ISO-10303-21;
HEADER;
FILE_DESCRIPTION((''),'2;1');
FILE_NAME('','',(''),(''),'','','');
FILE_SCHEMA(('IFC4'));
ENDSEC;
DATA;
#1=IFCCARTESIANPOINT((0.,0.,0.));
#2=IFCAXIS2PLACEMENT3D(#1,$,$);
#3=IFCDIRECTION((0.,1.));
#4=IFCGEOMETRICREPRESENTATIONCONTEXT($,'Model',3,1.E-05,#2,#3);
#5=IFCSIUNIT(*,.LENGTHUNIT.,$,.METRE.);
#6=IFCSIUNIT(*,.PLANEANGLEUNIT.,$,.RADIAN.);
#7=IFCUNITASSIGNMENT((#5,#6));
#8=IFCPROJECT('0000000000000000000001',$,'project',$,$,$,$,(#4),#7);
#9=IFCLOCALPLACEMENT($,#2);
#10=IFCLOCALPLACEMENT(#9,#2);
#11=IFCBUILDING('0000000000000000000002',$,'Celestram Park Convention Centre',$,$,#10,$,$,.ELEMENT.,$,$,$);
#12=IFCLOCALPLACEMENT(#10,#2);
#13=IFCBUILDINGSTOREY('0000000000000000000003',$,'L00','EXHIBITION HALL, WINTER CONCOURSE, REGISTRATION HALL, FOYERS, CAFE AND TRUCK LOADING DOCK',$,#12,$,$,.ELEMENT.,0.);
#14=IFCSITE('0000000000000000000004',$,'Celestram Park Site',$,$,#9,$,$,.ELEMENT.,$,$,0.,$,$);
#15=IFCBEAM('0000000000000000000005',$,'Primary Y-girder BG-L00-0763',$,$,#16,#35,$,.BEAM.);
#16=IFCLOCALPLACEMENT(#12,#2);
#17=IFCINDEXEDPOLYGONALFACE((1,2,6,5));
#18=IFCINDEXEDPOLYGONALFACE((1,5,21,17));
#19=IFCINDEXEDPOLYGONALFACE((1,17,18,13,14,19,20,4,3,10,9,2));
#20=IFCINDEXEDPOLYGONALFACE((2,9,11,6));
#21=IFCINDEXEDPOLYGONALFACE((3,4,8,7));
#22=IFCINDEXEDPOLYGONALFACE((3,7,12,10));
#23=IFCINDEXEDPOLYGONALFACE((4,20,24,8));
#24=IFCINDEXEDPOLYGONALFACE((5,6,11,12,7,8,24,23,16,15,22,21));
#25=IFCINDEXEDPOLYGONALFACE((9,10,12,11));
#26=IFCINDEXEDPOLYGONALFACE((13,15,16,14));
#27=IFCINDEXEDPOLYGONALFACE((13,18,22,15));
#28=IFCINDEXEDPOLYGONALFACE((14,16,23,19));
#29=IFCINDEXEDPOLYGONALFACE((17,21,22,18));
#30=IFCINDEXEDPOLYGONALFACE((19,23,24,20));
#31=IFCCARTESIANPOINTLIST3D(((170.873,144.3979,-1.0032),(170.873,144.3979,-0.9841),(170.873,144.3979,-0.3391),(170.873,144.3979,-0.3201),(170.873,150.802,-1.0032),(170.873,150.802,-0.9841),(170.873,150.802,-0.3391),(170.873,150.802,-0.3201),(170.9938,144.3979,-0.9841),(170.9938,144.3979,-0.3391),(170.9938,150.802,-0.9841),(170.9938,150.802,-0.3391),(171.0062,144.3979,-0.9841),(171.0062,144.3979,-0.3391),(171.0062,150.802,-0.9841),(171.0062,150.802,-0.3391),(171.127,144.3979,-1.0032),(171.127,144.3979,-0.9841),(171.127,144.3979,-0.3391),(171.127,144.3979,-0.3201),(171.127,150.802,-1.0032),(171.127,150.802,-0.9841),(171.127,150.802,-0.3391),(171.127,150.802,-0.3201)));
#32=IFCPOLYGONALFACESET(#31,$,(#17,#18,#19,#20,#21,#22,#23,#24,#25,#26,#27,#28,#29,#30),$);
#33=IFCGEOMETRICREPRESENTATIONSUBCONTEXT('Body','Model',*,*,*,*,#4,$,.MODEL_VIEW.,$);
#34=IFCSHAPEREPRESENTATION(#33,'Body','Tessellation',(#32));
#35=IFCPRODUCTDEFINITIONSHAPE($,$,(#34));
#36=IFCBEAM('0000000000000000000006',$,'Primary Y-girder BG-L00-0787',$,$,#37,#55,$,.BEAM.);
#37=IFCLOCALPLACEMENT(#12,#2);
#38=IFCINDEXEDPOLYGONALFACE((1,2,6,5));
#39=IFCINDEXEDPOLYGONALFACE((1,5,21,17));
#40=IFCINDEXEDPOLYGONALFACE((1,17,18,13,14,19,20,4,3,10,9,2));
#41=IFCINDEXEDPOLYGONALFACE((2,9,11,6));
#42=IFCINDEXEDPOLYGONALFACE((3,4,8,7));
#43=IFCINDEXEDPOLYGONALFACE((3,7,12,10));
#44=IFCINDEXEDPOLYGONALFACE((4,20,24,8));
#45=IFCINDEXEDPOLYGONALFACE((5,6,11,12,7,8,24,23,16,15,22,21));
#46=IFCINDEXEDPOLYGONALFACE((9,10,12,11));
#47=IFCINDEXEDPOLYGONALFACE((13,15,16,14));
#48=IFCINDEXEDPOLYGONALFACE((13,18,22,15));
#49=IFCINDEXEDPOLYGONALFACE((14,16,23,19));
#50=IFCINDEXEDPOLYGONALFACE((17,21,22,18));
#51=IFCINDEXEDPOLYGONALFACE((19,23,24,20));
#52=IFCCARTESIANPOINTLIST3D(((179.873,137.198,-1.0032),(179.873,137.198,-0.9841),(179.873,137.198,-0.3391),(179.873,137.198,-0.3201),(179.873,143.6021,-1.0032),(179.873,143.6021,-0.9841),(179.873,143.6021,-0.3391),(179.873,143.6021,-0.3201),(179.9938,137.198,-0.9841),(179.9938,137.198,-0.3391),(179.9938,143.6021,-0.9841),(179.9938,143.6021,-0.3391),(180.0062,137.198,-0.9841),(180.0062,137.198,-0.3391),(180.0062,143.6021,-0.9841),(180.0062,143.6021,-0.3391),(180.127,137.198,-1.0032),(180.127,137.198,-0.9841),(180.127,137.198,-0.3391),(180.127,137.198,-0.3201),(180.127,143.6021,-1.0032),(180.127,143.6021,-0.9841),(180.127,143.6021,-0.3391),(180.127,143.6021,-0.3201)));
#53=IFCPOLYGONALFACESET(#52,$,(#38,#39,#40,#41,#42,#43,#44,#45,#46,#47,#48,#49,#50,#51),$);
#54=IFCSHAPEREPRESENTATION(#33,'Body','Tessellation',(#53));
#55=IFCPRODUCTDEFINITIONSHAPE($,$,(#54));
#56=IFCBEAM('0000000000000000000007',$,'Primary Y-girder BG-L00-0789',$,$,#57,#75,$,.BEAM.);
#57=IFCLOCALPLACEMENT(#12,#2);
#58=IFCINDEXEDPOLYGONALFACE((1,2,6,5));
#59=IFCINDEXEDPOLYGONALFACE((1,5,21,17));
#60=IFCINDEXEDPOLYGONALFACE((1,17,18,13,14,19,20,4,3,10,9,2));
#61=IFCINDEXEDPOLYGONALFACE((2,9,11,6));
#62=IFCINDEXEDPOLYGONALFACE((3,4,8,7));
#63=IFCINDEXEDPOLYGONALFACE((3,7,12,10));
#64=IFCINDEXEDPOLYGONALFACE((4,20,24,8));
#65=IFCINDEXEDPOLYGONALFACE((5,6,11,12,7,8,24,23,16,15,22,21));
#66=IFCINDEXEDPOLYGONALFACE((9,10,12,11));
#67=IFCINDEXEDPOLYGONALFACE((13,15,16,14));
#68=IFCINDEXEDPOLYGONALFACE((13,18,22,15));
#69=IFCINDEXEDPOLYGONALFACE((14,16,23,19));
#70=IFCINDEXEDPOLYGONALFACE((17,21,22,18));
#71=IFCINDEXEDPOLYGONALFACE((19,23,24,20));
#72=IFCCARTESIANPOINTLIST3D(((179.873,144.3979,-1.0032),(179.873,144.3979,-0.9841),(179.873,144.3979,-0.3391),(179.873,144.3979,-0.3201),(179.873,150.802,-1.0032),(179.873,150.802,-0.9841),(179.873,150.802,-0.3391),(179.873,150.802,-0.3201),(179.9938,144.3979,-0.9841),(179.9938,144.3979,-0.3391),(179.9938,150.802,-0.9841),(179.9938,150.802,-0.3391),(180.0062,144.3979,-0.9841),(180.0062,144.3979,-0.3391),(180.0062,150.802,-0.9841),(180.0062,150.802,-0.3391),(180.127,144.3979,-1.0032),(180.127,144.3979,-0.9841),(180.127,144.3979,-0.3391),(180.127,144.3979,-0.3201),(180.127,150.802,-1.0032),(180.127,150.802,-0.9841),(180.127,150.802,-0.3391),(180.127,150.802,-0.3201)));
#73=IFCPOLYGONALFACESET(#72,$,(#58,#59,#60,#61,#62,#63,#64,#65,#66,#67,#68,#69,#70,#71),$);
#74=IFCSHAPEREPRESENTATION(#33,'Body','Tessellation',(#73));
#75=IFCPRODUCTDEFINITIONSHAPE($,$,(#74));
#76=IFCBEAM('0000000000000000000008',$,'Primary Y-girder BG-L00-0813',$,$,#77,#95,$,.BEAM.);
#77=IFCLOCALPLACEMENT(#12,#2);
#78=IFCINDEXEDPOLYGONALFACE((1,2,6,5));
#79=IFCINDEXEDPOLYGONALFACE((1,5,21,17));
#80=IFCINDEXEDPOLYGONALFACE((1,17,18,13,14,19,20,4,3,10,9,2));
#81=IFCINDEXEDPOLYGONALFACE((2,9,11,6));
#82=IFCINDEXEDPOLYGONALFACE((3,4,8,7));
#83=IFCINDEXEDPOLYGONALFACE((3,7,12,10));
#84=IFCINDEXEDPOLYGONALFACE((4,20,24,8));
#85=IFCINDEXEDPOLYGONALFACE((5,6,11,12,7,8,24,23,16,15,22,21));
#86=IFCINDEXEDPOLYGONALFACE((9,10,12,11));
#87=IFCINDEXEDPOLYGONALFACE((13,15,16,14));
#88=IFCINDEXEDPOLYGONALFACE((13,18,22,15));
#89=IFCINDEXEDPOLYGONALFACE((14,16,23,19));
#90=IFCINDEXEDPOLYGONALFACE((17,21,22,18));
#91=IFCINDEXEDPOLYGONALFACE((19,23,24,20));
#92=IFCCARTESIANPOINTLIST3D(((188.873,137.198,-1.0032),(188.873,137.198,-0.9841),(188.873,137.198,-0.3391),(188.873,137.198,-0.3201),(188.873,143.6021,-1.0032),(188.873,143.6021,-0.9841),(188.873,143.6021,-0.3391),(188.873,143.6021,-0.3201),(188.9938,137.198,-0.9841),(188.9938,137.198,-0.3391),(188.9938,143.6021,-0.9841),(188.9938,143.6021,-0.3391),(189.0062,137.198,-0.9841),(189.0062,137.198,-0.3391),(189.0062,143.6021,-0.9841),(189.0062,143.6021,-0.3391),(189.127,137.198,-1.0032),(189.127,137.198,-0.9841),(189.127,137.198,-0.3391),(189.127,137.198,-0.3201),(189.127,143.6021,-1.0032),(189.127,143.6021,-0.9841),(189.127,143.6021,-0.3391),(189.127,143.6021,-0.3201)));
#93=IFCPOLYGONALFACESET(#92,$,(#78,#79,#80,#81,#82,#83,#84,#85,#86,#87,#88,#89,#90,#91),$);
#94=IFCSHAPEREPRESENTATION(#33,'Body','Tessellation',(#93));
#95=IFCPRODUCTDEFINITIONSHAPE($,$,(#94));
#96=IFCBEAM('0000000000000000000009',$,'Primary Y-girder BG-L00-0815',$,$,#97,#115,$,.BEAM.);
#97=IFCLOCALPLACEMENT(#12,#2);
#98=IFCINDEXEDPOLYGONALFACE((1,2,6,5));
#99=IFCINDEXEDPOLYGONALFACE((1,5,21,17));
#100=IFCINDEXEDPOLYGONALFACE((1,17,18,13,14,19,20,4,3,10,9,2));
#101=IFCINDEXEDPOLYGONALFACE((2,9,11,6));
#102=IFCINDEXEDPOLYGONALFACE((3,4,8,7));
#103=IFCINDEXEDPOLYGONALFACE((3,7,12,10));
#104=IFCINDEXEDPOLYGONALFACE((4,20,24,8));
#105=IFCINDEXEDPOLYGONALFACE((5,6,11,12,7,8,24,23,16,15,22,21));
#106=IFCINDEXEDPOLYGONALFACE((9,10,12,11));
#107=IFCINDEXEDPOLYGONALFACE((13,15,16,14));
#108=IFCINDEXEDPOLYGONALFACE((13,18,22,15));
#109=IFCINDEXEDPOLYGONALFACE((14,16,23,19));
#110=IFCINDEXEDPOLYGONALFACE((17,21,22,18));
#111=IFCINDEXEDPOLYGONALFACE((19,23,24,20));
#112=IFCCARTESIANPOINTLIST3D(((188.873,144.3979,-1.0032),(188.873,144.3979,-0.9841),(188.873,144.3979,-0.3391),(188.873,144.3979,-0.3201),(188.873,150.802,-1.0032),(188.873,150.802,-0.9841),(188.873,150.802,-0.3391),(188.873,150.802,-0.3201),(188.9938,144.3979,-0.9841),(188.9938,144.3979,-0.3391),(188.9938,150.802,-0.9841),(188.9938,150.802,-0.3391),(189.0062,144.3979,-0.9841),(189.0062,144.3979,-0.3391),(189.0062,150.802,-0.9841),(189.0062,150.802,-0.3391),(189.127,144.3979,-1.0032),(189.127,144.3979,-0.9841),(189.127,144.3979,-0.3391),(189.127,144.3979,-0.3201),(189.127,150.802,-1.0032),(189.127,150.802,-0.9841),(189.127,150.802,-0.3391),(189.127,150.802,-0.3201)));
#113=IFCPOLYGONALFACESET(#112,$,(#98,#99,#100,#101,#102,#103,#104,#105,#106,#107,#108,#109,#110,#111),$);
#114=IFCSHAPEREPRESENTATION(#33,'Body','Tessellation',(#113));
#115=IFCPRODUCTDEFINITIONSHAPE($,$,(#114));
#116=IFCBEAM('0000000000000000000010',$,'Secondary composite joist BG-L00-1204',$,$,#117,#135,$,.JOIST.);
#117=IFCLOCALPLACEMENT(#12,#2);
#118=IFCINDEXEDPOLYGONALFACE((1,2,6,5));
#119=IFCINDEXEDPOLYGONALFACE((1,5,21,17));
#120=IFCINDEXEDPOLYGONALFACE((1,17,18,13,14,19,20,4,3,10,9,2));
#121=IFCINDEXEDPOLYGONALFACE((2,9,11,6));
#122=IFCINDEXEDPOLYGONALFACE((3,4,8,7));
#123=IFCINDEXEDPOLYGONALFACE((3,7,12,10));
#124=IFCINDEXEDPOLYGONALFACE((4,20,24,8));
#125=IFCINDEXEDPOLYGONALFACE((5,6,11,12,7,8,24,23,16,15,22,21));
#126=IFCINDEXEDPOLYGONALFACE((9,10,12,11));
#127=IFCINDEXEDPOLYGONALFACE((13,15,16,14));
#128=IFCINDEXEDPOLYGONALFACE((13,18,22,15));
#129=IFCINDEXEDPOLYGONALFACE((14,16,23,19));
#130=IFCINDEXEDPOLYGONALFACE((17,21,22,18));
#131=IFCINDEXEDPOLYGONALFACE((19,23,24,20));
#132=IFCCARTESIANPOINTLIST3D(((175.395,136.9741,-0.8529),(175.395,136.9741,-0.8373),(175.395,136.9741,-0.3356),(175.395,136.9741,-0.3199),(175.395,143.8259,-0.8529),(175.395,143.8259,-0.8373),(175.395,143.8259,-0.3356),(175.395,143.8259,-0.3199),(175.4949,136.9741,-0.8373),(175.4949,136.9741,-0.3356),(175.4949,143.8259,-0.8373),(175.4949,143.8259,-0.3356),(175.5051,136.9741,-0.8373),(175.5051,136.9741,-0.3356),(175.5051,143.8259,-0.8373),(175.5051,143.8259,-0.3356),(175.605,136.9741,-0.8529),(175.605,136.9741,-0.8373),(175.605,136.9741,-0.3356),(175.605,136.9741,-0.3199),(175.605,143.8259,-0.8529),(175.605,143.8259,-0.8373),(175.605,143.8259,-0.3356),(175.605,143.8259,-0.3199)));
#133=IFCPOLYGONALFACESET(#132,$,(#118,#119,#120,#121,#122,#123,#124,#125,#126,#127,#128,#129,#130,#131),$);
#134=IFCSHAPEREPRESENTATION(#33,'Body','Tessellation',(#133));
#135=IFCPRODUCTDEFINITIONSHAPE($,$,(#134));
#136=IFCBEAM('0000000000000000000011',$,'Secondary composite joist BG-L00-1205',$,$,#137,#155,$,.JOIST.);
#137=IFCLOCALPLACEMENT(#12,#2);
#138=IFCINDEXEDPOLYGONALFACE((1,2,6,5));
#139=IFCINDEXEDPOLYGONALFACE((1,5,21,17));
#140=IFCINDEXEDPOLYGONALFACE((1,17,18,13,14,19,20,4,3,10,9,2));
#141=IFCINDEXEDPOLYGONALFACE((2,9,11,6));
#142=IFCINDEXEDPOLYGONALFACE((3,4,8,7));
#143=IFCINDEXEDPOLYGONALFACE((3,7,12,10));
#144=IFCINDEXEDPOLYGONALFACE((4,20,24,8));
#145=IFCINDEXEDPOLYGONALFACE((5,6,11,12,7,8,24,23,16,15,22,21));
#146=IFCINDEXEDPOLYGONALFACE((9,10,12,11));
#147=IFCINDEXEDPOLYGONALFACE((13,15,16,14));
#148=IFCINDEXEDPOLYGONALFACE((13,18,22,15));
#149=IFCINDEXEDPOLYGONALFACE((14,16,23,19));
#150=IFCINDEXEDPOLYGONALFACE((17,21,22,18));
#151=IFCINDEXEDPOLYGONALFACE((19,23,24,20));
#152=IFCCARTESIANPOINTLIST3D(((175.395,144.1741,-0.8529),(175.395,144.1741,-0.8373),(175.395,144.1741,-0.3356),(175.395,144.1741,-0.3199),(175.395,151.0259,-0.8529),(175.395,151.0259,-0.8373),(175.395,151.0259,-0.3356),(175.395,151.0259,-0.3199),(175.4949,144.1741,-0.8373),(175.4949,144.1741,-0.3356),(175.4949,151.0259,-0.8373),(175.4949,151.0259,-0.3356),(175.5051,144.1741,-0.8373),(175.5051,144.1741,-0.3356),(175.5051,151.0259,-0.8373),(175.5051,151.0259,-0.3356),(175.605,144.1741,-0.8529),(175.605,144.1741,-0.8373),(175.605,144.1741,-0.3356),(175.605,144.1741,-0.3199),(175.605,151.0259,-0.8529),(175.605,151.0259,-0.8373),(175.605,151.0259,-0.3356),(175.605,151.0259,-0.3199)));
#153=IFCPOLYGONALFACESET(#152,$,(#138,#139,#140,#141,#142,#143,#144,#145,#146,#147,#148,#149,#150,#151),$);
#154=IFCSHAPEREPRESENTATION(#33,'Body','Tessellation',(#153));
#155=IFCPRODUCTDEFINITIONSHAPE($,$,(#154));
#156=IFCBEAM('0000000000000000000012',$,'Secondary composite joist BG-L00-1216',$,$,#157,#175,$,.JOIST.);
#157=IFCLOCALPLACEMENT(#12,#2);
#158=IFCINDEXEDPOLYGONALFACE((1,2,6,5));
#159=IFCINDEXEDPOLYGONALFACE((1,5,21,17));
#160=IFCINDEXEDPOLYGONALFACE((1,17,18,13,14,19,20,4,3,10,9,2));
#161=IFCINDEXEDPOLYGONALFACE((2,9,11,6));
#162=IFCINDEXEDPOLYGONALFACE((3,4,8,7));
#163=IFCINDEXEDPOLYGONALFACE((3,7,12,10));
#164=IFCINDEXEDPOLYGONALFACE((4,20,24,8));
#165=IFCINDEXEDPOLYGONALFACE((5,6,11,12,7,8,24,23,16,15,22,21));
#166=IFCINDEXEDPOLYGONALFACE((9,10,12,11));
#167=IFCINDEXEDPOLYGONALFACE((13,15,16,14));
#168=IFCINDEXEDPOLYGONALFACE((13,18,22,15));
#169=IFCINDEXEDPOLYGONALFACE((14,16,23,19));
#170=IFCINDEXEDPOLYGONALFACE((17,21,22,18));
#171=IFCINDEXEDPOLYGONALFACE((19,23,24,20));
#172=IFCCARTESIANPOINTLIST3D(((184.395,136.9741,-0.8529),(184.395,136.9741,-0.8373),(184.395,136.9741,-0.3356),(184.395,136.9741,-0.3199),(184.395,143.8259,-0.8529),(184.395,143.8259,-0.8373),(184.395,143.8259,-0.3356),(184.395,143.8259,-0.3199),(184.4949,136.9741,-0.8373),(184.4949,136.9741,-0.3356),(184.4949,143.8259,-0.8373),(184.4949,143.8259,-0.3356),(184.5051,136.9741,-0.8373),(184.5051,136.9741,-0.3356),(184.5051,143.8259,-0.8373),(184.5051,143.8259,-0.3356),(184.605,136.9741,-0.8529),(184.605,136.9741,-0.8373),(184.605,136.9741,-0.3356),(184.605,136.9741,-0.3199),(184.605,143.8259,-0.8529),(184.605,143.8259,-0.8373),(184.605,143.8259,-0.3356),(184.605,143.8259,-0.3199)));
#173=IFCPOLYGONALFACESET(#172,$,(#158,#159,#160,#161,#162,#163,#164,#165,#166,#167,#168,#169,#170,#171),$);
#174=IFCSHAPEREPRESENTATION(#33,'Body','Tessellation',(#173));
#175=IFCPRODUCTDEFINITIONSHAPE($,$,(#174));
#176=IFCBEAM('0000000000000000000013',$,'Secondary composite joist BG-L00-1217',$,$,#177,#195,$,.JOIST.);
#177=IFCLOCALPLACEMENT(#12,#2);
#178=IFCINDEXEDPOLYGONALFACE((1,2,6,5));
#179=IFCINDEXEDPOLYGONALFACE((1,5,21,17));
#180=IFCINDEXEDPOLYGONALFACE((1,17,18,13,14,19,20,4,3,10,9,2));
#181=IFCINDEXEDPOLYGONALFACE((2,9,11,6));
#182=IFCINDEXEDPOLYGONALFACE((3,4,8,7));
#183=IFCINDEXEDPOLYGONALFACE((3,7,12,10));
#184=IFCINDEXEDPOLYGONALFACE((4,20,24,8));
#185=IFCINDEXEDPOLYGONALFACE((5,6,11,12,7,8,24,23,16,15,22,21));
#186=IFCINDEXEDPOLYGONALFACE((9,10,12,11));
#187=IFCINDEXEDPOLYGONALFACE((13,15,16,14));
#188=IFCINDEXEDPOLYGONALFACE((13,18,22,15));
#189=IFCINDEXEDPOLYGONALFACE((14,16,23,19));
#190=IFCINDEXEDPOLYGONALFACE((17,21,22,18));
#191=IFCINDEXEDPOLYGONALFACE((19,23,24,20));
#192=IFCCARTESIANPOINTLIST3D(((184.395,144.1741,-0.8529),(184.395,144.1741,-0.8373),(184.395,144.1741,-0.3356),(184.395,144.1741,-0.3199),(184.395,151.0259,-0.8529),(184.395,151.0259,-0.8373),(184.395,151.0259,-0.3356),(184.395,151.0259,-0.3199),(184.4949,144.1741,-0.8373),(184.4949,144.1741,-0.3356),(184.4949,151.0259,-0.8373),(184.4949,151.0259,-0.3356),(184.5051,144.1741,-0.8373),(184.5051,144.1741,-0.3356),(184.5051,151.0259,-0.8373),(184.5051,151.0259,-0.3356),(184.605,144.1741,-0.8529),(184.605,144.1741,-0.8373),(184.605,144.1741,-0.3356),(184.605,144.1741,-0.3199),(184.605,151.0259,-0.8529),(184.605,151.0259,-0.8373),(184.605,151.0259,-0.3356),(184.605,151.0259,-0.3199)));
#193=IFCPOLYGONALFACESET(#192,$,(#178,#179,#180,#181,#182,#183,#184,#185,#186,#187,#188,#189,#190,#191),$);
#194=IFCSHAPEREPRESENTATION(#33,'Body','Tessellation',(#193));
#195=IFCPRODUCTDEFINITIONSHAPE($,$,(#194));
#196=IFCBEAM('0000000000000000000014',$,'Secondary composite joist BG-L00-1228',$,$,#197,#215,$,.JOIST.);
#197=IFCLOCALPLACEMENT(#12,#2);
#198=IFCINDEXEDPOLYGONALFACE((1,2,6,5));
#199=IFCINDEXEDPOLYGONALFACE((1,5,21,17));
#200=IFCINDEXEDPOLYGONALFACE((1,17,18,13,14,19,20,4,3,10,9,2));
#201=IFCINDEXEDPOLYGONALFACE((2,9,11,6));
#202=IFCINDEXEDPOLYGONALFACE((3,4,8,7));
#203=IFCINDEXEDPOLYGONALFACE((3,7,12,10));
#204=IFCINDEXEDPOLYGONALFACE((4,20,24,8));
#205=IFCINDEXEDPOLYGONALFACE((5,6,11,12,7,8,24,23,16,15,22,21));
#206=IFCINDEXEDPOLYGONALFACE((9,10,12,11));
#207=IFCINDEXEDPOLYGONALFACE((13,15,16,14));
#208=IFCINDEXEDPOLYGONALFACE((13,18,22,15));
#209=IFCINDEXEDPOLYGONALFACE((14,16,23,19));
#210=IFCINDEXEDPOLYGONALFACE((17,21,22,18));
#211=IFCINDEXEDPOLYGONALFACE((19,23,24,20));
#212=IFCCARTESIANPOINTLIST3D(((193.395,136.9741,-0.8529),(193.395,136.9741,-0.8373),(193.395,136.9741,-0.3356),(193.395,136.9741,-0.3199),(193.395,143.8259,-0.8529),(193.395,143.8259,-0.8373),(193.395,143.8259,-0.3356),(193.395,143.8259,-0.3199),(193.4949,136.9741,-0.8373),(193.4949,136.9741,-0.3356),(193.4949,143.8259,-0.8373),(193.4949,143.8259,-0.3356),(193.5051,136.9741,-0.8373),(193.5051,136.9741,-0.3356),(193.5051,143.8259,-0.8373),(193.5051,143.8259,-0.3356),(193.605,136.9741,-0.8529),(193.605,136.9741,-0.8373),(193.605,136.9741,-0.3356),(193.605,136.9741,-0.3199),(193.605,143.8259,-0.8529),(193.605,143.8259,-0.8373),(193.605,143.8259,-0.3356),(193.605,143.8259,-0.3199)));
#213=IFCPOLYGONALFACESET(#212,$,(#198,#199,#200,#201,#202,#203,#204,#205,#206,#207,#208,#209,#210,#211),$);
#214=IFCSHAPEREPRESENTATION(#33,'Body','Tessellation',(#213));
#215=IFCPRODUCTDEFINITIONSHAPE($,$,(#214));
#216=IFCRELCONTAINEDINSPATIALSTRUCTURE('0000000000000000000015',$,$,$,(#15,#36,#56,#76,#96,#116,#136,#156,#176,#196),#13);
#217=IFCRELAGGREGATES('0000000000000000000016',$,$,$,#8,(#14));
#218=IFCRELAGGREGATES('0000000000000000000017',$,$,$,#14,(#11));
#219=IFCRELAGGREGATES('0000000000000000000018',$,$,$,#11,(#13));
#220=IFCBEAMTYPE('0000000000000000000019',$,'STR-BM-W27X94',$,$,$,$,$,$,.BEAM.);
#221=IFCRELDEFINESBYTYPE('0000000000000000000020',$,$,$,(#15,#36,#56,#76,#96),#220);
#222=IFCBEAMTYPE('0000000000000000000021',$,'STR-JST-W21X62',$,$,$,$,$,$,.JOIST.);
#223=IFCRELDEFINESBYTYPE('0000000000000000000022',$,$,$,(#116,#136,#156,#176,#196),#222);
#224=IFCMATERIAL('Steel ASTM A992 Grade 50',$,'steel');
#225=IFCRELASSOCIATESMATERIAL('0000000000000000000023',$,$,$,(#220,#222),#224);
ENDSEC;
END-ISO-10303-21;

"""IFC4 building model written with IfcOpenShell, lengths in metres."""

from ifc_helpers import new_model, si_unit, direction, frame, origin, origin_2d, place, context, subcontext, project, spatial, i_section, extrude, material, material_profile, profile_set, type_object, element, save


model = new_model("IFC4")

# Units and contexts
model_context = context("Model", 3, precision=1e-05, world=origin(), true_north=direction((0.0, 1.0)))
body_context = subcontext(model_context, "Body", "Model", "MODEL_VIEW")
ifc_project = project(units=[si_unit("LENGTHUNIT", "METRE"), si_unit("PLANEANGLEUNIT", "RADIAN")], contexts=[model_context])

# Site, building, storey
site_placement = place(None, origin())
site = spatial("IfcSite", under=ifc_project, at=site_placement, Name="Celestram Park Site", CompositionType="ELEMENT", RefElevation=0.0)
building_placement = place(site_placement, origin())
building = spatial("IfcBuilding", under=site, at=building_placement, Name="Celestram Park Convention Centre", CompositionType="ELEMENT")
storey_placement = place(building_placement, origin())
storey = spatial("IfcBuildingStorey", under=building, at=storey_placement, Name="L00", Description="EXHIBITION HALL, WINTER CONCOURSE, REGISTRATION HALL, FOYERS, CAFE AND TRUCK LOADING DOCK", CompositionType="ELEMENT", Elevation=0.0)

# Beams
ifc_material_1 = material(Name="Steel ASTM A992 Grade 50", Category="steel")
ifc_material_profile_1 = material_profile(ifc_material_1, i_section(OverallWidth=0.2539, OverallDepth=0.6831, WebThickness=0.0125, FlangeThickness=0.019, at=origin_2d()), Name="W27X94")
ifc_profile_set_1 = profile_set([ifc_material_profile_1], Name="Steel ASTM A992 Grade 50")
beam_type_1 = type_object("IfcBeamType", Name="STR-BM-W27X94", PredefinedType="BEAM", material=ifc_profile_set_1)
for number, where, z_axis, x_axis, name in (
    (1, (171.0, 144.3979, -0.6616), (0.0, 1.0, 0.0), (-1.0, 0.0, 0.0), "Primary Y-girder BG-L00-0763"),
    (2, (180.0, 137.198, -0.6616), (0.0, 1.0, 0.0), (-1.0, 0.0, 0.0), "Primary Y-girder BG-L00-0787"),
    (3, (180.0, 144.3979, -0.6616), (0.0, 1.0, 0.0), (-1.0, 0.0, 0.0), "Primary Y-girder BG-L00-0789"),
    (4, (189.0, 137.198, -0.6616), (0.0, 1.0, 0.0), (-1.0, 0.0, 0.0), "Primary Y-girder BG-L00-0813"),
    (5, (189.0, 144.3979, -0.6616), (0.0, 1.0, 0.0), (-1.0, 0.0, 0.0), "Primary Y-girder BG-L00-0815"),
):
    element("IfcBeam", number, at=place(storey_placement, frame(where, z_axis=z_axis, x_axis=x_axis)), inside=storey, type_object=beam_type_1, Name=name, PredefinedType="BEAM", context=body_context, shape_type="SweptSolid", body=[
        extrude(i_section(OverallWidth=0.2539, OverallDepth=0.6831, WebThickness=0.0125, FlangeThickness=0.019, at=origin_2d()), origin(), (0.0, 0.0, 1.0), 6.4041),
    ])
ifc_material_profile_2 = material_profile(ifc_material_1, i_section(OverallWidth=0.21, OverallDepth=0.533, WebThickness=0.0103, FlangeThickness=0.0156, at=origin_2d()), Name="W21X62")
ifc_profile_set_2 = profile_set([ifc_material_profile_2], Name="Steel ASTM A992 Grade 50")
beam_type_2 = type_object("IfcBeamType", Name="STR-JST-W21X62", PredefinedType="JOIST", material=ifc_profile_set_2)
for number, where, z_axis, x_axis, name in (
    (6, (175.5, 136.9741, -0.5864), (0.0, 1.0, 0.0), (-1.0, 0.0, 0.0), "Secondary composite joist BG-L00-1204"),
    (7, (175.5, 144.1741, -0.5864), (0.0, 1.0, 0.0), (-1.0, 0.0, 0.0), "Secondary composite joist BG-L00-1205"),
    (8, (184.5, 136.9741, -0.5864), (0.0, 1.0, 0.0), (-1.0, 0.0, 0.0), "Secondary composite joist BG-L00-1216"),
    (9, (184.5, 144.1741, -0.5864), (0.0, 1.0, 0.0), (-1.0, 0.0, 0.0), "Secondary composite joist BG-L00-1217"),
    (10, (193.5, 136.9741, -0.5864), (0.0, 1.0, 0.0), (-1.0, 0.0, 0.0), "Secondary composite joist BG-L00-1228"),
):
    element("IfcBeam", number, at=place(storey_placement, frame(where, z_axis=z_axis, x_axis=x_axis)), inside=storey, type_object=beam_type_2, Name=name, PredefinedType="JOIST", context=body_context, shape_type="SweptSolid", body=[
        extrude(i_section(OverallWidth=0.21, OverallDepth=0.533, WebThickness=0.0103, FlangeThickness=0.0156, at=origin_2d()), origin(), (0.0, 0.0, 1.0), 6.8518),
    ])

save(model, "model.ifc")
